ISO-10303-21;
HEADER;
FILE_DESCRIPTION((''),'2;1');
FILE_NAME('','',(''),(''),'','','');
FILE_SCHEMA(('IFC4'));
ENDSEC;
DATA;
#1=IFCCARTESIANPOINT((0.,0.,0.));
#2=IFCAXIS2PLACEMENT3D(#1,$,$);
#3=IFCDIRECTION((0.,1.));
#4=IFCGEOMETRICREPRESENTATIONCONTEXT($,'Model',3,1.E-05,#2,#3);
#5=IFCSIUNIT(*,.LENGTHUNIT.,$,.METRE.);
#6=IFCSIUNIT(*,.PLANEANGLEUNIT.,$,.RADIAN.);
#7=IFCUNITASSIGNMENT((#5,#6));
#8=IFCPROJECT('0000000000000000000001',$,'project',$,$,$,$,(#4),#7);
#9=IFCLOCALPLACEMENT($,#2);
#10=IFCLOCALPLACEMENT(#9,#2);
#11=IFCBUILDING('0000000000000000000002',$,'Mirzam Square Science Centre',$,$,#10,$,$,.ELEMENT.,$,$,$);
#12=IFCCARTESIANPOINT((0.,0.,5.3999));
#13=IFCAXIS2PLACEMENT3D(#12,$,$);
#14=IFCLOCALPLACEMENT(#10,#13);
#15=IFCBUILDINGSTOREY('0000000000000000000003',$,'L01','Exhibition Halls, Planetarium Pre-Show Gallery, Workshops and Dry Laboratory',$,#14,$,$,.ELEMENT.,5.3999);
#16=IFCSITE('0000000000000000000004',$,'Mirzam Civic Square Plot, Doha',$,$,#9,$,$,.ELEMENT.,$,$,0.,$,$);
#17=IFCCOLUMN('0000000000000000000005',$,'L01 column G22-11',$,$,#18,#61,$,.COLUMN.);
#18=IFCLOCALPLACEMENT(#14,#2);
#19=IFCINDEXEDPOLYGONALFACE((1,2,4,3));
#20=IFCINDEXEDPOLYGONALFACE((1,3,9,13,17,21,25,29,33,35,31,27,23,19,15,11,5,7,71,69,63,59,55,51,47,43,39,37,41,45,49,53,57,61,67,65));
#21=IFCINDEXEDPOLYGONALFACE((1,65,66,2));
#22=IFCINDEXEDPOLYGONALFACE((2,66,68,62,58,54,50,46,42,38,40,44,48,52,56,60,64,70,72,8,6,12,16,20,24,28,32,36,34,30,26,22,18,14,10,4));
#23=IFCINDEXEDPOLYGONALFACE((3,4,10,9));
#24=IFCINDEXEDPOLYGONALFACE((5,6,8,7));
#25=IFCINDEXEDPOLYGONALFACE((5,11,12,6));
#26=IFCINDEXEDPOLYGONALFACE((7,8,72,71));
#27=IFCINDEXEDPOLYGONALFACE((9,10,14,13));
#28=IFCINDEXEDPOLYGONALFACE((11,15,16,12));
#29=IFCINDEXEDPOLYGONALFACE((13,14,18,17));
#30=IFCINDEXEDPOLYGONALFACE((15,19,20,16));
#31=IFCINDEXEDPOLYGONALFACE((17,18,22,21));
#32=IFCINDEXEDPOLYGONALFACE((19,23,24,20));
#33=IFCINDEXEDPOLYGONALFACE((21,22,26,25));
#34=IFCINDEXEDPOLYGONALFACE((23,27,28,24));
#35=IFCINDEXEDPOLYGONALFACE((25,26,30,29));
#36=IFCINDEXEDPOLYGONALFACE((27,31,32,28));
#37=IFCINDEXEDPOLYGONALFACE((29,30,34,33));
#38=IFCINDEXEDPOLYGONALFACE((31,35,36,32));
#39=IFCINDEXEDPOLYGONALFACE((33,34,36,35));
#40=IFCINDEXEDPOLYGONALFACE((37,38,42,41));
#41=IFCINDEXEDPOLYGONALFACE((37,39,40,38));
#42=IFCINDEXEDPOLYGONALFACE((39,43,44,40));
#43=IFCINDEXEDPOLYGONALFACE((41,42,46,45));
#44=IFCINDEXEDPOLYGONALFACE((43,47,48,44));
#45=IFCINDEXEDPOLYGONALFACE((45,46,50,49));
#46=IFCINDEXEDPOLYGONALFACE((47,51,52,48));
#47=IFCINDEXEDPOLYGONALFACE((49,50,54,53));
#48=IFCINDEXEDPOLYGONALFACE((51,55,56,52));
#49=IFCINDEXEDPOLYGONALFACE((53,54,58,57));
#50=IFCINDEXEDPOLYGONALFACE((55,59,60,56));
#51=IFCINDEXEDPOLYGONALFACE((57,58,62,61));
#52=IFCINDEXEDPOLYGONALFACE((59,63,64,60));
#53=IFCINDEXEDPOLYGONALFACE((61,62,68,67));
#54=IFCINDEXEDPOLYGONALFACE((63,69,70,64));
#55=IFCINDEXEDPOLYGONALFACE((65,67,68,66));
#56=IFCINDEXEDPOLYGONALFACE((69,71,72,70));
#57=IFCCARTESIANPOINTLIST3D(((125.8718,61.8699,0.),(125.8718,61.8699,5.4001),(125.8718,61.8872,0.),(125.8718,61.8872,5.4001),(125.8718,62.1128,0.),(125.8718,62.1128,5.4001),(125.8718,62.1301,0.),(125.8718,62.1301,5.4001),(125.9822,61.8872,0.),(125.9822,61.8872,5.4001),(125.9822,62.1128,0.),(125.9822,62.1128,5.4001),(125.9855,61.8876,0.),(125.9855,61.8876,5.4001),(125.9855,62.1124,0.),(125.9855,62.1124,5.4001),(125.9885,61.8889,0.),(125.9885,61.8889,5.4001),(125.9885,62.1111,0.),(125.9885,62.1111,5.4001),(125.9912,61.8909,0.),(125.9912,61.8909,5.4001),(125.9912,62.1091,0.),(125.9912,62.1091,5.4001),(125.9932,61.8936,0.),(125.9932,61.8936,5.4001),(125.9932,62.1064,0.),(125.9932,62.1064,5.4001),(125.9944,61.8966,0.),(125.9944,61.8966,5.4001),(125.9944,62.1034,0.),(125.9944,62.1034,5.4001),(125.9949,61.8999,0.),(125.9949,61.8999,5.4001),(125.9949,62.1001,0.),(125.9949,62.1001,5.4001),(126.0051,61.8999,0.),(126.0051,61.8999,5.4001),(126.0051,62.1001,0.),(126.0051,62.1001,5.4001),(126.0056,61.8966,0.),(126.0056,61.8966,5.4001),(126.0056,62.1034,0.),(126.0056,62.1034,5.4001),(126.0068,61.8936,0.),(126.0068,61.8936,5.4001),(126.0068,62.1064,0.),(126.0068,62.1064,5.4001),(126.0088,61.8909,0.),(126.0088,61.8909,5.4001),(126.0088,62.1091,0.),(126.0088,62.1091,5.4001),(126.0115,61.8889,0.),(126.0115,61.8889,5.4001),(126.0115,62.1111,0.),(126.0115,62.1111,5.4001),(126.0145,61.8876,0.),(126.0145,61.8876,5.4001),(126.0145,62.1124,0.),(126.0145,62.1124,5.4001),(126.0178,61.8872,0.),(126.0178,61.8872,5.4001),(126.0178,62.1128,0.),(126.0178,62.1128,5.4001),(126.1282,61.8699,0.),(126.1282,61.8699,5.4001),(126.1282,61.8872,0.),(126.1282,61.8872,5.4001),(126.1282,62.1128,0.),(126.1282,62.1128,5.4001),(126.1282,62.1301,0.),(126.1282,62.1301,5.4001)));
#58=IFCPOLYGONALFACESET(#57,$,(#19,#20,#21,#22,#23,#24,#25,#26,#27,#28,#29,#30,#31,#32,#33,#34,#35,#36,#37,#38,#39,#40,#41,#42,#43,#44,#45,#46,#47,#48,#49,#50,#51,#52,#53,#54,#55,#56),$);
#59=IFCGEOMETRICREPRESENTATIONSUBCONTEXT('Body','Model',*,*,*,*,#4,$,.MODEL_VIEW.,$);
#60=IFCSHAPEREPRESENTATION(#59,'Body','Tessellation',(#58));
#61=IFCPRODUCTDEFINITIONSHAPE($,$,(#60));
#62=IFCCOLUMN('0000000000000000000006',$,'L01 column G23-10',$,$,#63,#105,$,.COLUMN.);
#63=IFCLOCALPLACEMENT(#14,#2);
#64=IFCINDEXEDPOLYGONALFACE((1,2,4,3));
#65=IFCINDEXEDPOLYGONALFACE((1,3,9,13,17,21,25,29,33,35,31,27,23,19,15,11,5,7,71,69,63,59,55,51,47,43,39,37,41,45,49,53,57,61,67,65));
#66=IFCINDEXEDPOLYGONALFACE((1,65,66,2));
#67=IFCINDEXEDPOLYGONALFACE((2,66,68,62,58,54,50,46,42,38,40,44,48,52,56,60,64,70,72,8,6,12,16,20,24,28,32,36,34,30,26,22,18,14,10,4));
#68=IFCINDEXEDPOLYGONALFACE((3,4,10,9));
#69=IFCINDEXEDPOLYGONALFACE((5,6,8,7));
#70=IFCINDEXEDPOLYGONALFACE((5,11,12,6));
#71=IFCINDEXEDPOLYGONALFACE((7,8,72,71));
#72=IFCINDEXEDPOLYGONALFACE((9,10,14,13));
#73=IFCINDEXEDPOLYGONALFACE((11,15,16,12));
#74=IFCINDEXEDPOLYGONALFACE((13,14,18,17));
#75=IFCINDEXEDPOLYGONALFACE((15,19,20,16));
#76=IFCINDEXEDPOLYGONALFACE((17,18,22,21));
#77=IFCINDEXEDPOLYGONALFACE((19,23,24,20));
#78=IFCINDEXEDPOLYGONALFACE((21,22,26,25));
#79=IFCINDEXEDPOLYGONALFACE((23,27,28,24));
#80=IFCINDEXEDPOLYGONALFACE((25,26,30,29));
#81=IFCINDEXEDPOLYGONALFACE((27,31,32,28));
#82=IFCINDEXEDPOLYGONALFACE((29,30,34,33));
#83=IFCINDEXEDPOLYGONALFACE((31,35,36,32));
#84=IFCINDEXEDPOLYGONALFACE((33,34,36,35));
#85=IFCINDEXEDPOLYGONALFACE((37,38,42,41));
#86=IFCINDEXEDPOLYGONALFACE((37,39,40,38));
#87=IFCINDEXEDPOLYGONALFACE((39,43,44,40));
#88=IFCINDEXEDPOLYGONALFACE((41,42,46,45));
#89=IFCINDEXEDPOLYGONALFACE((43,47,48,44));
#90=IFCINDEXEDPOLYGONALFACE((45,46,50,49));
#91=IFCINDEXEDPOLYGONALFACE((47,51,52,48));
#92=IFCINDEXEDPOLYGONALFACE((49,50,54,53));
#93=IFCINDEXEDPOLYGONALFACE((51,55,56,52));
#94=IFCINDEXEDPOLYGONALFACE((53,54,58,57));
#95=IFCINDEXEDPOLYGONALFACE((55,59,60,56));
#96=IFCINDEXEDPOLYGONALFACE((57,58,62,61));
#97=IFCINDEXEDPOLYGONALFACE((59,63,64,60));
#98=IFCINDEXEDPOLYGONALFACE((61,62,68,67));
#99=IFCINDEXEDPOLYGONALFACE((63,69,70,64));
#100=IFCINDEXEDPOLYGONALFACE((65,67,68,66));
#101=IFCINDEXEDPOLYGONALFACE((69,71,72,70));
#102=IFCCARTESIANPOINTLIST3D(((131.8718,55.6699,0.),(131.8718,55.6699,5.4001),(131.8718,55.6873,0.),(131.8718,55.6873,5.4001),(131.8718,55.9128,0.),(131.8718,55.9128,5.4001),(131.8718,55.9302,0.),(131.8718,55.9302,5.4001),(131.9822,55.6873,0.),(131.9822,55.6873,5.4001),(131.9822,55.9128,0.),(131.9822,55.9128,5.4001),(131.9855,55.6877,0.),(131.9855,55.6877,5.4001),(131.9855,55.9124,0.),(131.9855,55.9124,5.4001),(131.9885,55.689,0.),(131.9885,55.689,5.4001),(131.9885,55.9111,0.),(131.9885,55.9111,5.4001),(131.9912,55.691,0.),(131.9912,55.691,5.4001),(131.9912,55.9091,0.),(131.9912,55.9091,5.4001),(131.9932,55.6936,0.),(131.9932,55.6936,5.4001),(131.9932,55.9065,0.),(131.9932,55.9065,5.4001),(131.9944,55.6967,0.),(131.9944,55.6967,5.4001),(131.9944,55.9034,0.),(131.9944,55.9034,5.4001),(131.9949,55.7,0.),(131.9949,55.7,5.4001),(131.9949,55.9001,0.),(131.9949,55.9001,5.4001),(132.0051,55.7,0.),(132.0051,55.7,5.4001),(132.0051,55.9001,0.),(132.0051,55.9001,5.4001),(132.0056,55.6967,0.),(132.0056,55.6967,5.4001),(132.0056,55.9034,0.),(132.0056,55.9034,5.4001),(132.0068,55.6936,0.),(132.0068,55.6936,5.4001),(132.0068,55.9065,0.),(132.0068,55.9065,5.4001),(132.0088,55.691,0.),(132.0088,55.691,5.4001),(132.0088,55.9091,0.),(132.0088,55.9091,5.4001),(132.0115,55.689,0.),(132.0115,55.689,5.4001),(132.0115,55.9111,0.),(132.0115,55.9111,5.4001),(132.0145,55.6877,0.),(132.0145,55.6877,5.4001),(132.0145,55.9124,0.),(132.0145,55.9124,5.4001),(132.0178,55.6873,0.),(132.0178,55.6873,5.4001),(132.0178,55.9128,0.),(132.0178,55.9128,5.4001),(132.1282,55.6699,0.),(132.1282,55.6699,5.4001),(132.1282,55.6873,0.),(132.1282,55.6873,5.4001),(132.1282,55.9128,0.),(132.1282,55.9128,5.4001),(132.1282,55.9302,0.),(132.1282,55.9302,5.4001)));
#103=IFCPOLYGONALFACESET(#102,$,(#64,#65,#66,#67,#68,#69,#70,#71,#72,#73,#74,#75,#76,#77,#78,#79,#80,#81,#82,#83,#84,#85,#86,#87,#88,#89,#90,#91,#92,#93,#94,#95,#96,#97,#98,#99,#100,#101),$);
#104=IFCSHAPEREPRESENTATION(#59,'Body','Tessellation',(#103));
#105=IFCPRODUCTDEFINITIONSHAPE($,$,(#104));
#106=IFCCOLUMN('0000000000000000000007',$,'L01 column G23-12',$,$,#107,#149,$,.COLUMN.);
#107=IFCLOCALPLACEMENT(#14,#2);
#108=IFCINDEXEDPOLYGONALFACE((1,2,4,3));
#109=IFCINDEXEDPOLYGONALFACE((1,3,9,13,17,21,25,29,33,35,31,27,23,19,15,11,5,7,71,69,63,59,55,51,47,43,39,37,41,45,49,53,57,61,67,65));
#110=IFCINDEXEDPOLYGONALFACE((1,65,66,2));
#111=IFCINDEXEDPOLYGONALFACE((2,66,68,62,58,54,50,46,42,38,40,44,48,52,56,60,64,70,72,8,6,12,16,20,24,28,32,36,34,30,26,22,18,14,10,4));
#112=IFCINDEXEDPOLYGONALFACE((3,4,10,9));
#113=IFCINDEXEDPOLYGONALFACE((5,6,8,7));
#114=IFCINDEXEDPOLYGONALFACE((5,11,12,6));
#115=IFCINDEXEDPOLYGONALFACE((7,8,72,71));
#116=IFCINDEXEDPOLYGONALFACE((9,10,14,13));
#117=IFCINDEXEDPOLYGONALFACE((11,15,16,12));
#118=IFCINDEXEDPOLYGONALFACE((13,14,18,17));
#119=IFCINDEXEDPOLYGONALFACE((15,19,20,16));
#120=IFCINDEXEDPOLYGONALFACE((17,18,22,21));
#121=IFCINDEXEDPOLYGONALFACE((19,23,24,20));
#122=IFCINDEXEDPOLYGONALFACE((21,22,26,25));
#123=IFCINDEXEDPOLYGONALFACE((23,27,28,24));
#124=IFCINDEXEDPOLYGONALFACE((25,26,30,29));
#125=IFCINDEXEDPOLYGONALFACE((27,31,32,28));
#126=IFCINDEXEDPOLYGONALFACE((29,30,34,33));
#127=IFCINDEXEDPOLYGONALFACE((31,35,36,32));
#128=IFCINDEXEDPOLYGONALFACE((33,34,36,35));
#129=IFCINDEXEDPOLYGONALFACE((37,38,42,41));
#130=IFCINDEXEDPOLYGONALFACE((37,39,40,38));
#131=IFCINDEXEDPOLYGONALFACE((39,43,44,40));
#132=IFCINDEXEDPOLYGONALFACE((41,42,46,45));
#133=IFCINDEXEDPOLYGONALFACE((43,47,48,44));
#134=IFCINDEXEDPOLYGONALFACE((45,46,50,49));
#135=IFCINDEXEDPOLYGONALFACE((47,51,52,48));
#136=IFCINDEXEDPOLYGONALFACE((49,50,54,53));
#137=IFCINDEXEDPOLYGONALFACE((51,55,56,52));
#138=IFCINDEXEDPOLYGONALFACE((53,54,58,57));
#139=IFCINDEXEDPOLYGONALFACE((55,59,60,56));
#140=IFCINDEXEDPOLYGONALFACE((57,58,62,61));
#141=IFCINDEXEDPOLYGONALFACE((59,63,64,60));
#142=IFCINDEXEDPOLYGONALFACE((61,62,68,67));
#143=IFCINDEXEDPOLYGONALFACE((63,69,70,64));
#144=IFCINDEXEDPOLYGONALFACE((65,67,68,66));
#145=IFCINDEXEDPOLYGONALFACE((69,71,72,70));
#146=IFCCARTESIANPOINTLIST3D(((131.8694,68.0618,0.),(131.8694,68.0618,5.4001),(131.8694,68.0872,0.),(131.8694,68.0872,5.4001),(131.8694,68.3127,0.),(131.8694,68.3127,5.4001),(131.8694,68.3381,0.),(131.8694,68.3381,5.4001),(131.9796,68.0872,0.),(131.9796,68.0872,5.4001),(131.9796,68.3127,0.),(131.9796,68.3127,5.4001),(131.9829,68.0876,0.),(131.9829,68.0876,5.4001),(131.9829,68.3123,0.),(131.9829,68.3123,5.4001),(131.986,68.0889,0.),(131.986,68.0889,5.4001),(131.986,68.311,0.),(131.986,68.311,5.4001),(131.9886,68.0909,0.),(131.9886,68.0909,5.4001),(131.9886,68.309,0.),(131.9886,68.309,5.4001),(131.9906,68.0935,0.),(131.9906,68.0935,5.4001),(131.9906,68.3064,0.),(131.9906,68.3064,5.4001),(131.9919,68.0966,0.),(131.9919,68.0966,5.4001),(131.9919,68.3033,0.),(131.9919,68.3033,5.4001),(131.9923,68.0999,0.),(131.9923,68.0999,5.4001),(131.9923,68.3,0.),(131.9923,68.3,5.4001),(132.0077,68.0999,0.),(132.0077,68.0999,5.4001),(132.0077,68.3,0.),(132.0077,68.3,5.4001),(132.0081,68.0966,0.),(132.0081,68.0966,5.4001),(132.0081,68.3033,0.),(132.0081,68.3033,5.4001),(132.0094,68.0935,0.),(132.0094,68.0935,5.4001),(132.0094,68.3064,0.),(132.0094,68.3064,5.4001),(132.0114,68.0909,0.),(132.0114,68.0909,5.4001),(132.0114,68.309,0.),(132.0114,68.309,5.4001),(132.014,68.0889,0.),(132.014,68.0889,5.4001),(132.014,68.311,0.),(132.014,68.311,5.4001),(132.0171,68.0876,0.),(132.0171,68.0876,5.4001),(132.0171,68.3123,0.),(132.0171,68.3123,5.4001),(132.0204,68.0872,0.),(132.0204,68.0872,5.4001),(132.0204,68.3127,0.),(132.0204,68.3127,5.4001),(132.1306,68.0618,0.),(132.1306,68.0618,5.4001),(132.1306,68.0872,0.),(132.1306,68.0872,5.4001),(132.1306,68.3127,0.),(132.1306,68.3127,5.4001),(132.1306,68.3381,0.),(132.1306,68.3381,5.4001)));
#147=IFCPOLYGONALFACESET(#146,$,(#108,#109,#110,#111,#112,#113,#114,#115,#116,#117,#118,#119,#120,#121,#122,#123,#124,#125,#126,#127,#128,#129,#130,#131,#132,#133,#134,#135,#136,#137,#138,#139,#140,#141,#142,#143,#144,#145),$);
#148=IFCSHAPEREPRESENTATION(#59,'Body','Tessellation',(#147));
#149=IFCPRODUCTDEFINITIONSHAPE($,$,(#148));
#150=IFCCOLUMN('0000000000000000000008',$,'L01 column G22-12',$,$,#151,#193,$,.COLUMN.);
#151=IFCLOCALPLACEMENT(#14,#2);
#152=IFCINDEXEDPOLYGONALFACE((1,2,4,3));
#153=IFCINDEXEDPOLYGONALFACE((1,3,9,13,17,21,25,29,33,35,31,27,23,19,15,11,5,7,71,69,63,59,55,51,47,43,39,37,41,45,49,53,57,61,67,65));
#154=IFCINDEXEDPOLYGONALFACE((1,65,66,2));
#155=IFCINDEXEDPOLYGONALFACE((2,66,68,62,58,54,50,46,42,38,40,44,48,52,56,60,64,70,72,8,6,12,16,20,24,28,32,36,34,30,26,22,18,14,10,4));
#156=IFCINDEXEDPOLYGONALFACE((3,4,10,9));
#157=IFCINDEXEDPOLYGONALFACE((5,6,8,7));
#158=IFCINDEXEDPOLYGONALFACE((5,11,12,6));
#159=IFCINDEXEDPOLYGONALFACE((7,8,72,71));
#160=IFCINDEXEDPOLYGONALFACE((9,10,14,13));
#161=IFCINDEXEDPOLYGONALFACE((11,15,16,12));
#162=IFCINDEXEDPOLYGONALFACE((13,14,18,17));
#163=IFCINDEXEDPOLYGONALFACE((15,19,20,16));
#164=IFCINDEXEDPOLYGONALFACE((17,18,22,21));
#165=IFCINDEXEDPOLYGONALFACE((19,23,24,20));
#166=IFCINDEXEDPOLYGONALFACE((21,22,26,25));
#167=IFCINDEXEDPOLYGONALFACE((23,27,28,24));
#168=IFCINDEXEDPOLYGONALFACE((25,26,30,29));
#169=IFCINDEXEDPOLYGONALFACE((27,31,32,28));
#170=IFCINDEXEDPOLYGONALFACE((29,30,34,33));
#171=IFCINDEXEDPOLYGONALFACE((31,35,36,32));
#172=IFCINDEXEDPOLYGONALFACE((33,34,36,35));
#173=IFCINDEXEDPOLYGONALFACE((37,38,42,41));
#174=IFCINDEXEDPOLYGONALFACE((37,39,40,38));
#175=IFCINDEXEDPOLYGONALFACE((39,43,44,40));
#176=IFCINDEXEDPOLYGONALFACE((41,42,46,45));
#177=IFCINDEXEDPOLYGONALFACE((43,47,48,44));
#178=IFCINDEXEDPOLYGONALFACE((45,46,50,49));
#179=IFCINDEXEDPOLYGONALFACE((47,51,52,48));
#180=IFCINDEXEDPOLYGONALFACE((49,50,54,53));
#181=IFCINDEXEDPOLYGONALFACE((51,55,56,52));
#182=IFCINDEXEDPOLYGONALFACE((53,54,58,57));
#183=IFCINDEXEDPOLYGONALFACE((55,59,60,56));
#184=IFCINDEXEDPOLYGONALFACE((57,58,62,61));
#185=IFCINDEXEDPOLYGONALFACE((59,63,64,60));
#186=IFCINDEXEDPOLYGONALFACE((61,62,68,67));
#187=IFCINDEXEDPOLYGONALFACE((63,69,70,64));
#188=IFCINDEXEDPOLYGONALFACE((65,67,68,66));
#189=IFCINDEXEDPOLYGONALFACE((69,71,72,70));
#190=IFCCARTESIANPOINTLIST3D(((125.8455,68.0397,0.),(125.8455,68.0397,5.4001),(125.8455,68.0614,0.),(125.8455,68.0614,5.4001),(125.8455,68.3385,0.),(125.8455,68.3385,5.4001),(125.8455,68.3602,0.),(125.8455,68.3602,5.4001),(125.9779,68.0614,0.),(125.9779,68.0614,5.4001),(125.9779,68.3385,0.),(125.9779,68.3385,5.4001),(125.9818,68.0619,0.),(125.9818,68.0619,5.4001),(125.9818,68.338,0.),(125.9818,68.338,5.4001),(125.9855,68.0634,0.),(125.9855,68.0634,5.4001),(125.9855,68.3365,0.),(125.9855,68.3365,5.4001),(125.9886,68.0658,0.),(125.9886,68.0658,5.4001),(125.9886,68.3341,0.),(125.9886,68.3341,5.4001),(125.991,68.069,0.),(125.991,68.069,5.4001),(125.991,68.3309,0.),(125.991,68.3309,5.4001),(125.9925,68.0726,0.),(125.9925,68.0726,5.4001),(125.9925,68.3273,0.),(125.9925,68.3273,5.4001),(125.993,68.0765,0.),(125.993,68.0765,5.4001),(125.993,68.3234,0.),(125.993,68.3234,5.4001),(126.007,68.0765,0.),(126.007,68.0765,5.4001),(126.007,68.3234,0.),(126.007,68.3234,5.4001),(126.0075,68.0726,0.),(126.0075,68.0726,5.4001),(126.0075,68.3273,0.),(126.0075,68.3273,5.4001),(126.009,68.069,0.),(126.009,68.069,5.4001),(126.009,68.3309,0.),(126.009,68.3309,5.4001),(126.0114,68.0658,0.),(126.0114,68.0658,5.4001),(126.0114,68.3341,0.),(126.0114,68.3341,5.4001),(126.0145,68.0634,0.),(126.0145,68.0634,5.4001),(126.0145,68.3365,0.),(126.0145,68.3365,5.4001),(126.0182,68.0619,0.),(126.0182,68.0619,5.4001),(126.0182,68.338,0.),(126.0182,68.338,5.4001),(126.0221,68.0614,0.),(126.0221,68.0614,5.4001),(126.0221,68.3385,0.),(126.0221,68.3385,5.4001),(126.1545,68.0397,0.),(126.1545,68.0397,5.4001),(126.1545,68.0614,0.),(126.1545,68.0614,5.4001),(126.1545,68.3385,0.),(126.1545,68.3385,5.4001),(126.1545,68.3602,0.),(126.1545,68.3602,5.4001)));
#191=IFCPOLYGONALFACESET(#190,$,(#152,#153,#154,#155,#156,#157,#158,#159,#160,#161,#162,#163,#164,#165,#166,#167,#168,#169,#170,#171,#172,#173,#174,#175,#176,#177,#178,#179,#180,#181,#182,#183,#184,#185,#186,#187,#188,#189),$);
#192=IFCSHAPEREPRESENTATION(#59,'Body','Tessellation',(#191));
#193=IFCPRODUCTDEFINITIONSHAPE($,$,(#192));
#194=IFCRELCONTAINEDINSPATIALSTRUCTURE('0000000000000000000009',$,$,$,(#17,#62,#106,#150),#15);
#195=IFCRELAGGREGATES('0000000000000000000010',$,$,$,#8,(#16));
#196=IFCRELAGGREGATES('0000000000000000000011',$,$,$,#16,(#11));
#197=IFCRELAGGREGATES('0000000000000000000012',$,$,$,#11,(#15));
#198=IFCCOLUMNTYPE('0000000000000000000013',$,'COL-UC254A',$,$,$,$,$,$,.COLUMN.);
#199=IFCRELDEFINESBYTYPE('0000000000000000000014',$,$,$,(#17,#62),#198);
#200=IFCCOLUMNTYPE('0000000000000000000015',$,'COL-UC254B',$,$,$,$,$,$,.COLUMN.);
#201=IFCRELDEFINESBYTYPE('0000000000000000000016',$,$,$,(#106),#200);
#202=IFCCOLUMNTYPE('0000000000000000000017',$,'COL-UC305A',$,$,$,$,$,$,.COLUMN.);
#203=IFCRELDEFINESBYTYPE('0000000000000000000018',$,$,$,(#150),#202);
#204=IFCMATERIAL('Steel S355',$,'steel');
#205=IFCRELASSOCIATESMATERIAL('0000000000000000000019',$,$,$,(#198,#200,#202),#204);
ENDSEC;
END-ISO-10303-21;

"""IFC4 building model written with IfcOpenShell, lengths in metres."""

from ifc_helpers import new_model, si_unit, direction, frame, origin, origin_2d, place, context, subcontext, project, spatial, i_section, extrude, material, material_profile, profile_set, type_object, element, save


model = new_model("IFC4")

# Units and contexts
model_context = context("Model", 3, precision=1e-05, world=origin(), true_north=direction((0.0, 1.0)))
body_context = subcontext(model_context, "Body", "Model", "MODEL_VIEW")
ifc_project = project(units=[si_unit("LENGTHUNIT", "METRE"), si_unit("PLANEANGLEUNIT", "RADIAN")], contexts=[model_context])

# Site, building, storey
site_placement = place(None, origin())
site = spatial("IfcSite", under=ifc_project, at=site_placement, Name="Mirzam Civic Square Plot, Doha", CompositionType="ELEMENT", RefElevation=0.0)
building_placement = place(site_placement, origin())
building = spatial("IfcBuilding", under=site, at=building_placement, Name="Mirzam Square Science Centre", CompositionType="ELEMENT")
storey_placement = place(building_placement, frame((0.0, 0.0, 5.3999)))
storey = spatial("IfcBuildingStorey", under=building, at=storey_placement, Name="L01", Description="Exhibition Halls, Planetarium Pre-Show Gallery, Workshops and Dry Laboratory", CompositionType="ELEMENT", Elevation=5.3999)

# Columns
ifc_material_1 = material(Name="Steel S355", Category="steel")
ifc_material_profile_1 = material_profile(ifc_material_1, i_section(OverallWidth=0.2563, OverallDepth=0.2603, WebThickness=0.0103, FlangeThickness=0.0173, FilletRadius=0.0127, at=origin_2d()), Name="254x254x89UC")
ifc_profile_set_1 = profile_set([ifc_material_profile_1], Name="Steel S355")
column_type_1 = type_object("IfcColumnType", Name="COL-UC254A", PredefinedType="COLUMN", material=ifc_profile_set_1)
for number, where, z_axis, x_axis, name in (
    (1, (126.0, 62.0, 0.0), (0.0, 0.0, 1.0), (1.0, 0.0, 0.0), "L01 column G22-11"),
    (2, (132.0, 55.8, 0.0), (0.0, 0.0, 1.0), (1.0, 0.0, 0.0), "L01 column G23-10"),
):
    element("IfcColumn", number, at=place(storey_placement, frame(where, z_axis=z_axis, x_axis=x_axis)), inside=storey, type_object=column_type_1, Name=name, PredefinedType="COLUMN", context=body_context, shape_type="SweptSolid", body=[
        extrude(i_section(OverallWidth=0.2563, OverallDepth=0.2603, WebThickness=0.0103, FlangeThickness=0.0173, FilletRadius=0.0127, at=origin_2d()), origin(), (0.0, 0.0, 1.0), 5.4001),
    ])
ifc_material_profile_2 = material_profile(ifc_material_1, i_section(OverallWidth=0.2612, OverallDepth=0.2764, WebThickness=0.0154, FlangeThickness=0.0254, FilletRadius=0.0127, at=origin_2d()), Name="254x254x132UC")
ifc_profile_set_2 = profile_set([ifc_material_profile_2], Name="Steel S355")
column_type_2 = type_object("IfcColumnType", Name="COL-UC254B", PredefinedType="COLUMN", material=ifc_profile_set_2)
column_placement = place(storey_placement, frame((132.0, 68.2, 0.0), z_axis=(0.0, 0.0, 1.0), x_axis=(1.0, 0.0, 0.0)))
element("IfcColumn", 3, at=column_placement, inside=storey, type_object=column_type_2, Name="L01 column G23-12", PredefinedType="COLUMN", context=body_context, shape_type="SweptSolid", body=[
    extrude(i_section(OverallWidth=0.2612, OverallDepth=0.2764, WebThickness=0.0154, FlangeThickness=0.0254, FilletRadius=0.0127, at=origin_2d()), origin(), (0.0, 0.0, 1.0), 5.4001),
])
ifc_material_profile_3 = material_profile(ifc_material_1, i_section(OverallWidth=0.3091, OverallDepth=0.3206, WebThickness=0.0139, FlangeThickness=0.0217, FilletRadius=0.0151, at=origin_2d()), Name="305x305x137UC")
ifc_profile_set_3 = profile_set([ifc_material_profile_3], Name="Steel S355")
column_type_3 = type_object("IfcColumnType", Name="COL-UC305A", PredefinedType="COLUMN", material=ifc_profile_set_3)
for number, where, z_axis, x_axis, name in (
    (4, (126.0, 68.2, 0.0), (0.0, 0.0, 1.0), (1.0, 0.0, 0.0), "L01 column G22-12"),
):
    element("IfcColumn", number, at=place(storey_placement, frame(where, z_axis=z_axis, x_axis=x_axis)), inside=storey, type_object=column_type_3, Name=name, PredefinedType="COLUMN", context=body_context, shape_type="SweptSolid", body=[
        extrude(i_section(OverallWidth=0.3091, OverallDepth=0.3206, WebThickness=0.0139, FlangeThickness=0.0217, FilletRadius=0.0151, at=origin_2d()), origin(), (0.0, 0.0, 1.0), 5.4001),
    ])

save(model, "model.ifc")
